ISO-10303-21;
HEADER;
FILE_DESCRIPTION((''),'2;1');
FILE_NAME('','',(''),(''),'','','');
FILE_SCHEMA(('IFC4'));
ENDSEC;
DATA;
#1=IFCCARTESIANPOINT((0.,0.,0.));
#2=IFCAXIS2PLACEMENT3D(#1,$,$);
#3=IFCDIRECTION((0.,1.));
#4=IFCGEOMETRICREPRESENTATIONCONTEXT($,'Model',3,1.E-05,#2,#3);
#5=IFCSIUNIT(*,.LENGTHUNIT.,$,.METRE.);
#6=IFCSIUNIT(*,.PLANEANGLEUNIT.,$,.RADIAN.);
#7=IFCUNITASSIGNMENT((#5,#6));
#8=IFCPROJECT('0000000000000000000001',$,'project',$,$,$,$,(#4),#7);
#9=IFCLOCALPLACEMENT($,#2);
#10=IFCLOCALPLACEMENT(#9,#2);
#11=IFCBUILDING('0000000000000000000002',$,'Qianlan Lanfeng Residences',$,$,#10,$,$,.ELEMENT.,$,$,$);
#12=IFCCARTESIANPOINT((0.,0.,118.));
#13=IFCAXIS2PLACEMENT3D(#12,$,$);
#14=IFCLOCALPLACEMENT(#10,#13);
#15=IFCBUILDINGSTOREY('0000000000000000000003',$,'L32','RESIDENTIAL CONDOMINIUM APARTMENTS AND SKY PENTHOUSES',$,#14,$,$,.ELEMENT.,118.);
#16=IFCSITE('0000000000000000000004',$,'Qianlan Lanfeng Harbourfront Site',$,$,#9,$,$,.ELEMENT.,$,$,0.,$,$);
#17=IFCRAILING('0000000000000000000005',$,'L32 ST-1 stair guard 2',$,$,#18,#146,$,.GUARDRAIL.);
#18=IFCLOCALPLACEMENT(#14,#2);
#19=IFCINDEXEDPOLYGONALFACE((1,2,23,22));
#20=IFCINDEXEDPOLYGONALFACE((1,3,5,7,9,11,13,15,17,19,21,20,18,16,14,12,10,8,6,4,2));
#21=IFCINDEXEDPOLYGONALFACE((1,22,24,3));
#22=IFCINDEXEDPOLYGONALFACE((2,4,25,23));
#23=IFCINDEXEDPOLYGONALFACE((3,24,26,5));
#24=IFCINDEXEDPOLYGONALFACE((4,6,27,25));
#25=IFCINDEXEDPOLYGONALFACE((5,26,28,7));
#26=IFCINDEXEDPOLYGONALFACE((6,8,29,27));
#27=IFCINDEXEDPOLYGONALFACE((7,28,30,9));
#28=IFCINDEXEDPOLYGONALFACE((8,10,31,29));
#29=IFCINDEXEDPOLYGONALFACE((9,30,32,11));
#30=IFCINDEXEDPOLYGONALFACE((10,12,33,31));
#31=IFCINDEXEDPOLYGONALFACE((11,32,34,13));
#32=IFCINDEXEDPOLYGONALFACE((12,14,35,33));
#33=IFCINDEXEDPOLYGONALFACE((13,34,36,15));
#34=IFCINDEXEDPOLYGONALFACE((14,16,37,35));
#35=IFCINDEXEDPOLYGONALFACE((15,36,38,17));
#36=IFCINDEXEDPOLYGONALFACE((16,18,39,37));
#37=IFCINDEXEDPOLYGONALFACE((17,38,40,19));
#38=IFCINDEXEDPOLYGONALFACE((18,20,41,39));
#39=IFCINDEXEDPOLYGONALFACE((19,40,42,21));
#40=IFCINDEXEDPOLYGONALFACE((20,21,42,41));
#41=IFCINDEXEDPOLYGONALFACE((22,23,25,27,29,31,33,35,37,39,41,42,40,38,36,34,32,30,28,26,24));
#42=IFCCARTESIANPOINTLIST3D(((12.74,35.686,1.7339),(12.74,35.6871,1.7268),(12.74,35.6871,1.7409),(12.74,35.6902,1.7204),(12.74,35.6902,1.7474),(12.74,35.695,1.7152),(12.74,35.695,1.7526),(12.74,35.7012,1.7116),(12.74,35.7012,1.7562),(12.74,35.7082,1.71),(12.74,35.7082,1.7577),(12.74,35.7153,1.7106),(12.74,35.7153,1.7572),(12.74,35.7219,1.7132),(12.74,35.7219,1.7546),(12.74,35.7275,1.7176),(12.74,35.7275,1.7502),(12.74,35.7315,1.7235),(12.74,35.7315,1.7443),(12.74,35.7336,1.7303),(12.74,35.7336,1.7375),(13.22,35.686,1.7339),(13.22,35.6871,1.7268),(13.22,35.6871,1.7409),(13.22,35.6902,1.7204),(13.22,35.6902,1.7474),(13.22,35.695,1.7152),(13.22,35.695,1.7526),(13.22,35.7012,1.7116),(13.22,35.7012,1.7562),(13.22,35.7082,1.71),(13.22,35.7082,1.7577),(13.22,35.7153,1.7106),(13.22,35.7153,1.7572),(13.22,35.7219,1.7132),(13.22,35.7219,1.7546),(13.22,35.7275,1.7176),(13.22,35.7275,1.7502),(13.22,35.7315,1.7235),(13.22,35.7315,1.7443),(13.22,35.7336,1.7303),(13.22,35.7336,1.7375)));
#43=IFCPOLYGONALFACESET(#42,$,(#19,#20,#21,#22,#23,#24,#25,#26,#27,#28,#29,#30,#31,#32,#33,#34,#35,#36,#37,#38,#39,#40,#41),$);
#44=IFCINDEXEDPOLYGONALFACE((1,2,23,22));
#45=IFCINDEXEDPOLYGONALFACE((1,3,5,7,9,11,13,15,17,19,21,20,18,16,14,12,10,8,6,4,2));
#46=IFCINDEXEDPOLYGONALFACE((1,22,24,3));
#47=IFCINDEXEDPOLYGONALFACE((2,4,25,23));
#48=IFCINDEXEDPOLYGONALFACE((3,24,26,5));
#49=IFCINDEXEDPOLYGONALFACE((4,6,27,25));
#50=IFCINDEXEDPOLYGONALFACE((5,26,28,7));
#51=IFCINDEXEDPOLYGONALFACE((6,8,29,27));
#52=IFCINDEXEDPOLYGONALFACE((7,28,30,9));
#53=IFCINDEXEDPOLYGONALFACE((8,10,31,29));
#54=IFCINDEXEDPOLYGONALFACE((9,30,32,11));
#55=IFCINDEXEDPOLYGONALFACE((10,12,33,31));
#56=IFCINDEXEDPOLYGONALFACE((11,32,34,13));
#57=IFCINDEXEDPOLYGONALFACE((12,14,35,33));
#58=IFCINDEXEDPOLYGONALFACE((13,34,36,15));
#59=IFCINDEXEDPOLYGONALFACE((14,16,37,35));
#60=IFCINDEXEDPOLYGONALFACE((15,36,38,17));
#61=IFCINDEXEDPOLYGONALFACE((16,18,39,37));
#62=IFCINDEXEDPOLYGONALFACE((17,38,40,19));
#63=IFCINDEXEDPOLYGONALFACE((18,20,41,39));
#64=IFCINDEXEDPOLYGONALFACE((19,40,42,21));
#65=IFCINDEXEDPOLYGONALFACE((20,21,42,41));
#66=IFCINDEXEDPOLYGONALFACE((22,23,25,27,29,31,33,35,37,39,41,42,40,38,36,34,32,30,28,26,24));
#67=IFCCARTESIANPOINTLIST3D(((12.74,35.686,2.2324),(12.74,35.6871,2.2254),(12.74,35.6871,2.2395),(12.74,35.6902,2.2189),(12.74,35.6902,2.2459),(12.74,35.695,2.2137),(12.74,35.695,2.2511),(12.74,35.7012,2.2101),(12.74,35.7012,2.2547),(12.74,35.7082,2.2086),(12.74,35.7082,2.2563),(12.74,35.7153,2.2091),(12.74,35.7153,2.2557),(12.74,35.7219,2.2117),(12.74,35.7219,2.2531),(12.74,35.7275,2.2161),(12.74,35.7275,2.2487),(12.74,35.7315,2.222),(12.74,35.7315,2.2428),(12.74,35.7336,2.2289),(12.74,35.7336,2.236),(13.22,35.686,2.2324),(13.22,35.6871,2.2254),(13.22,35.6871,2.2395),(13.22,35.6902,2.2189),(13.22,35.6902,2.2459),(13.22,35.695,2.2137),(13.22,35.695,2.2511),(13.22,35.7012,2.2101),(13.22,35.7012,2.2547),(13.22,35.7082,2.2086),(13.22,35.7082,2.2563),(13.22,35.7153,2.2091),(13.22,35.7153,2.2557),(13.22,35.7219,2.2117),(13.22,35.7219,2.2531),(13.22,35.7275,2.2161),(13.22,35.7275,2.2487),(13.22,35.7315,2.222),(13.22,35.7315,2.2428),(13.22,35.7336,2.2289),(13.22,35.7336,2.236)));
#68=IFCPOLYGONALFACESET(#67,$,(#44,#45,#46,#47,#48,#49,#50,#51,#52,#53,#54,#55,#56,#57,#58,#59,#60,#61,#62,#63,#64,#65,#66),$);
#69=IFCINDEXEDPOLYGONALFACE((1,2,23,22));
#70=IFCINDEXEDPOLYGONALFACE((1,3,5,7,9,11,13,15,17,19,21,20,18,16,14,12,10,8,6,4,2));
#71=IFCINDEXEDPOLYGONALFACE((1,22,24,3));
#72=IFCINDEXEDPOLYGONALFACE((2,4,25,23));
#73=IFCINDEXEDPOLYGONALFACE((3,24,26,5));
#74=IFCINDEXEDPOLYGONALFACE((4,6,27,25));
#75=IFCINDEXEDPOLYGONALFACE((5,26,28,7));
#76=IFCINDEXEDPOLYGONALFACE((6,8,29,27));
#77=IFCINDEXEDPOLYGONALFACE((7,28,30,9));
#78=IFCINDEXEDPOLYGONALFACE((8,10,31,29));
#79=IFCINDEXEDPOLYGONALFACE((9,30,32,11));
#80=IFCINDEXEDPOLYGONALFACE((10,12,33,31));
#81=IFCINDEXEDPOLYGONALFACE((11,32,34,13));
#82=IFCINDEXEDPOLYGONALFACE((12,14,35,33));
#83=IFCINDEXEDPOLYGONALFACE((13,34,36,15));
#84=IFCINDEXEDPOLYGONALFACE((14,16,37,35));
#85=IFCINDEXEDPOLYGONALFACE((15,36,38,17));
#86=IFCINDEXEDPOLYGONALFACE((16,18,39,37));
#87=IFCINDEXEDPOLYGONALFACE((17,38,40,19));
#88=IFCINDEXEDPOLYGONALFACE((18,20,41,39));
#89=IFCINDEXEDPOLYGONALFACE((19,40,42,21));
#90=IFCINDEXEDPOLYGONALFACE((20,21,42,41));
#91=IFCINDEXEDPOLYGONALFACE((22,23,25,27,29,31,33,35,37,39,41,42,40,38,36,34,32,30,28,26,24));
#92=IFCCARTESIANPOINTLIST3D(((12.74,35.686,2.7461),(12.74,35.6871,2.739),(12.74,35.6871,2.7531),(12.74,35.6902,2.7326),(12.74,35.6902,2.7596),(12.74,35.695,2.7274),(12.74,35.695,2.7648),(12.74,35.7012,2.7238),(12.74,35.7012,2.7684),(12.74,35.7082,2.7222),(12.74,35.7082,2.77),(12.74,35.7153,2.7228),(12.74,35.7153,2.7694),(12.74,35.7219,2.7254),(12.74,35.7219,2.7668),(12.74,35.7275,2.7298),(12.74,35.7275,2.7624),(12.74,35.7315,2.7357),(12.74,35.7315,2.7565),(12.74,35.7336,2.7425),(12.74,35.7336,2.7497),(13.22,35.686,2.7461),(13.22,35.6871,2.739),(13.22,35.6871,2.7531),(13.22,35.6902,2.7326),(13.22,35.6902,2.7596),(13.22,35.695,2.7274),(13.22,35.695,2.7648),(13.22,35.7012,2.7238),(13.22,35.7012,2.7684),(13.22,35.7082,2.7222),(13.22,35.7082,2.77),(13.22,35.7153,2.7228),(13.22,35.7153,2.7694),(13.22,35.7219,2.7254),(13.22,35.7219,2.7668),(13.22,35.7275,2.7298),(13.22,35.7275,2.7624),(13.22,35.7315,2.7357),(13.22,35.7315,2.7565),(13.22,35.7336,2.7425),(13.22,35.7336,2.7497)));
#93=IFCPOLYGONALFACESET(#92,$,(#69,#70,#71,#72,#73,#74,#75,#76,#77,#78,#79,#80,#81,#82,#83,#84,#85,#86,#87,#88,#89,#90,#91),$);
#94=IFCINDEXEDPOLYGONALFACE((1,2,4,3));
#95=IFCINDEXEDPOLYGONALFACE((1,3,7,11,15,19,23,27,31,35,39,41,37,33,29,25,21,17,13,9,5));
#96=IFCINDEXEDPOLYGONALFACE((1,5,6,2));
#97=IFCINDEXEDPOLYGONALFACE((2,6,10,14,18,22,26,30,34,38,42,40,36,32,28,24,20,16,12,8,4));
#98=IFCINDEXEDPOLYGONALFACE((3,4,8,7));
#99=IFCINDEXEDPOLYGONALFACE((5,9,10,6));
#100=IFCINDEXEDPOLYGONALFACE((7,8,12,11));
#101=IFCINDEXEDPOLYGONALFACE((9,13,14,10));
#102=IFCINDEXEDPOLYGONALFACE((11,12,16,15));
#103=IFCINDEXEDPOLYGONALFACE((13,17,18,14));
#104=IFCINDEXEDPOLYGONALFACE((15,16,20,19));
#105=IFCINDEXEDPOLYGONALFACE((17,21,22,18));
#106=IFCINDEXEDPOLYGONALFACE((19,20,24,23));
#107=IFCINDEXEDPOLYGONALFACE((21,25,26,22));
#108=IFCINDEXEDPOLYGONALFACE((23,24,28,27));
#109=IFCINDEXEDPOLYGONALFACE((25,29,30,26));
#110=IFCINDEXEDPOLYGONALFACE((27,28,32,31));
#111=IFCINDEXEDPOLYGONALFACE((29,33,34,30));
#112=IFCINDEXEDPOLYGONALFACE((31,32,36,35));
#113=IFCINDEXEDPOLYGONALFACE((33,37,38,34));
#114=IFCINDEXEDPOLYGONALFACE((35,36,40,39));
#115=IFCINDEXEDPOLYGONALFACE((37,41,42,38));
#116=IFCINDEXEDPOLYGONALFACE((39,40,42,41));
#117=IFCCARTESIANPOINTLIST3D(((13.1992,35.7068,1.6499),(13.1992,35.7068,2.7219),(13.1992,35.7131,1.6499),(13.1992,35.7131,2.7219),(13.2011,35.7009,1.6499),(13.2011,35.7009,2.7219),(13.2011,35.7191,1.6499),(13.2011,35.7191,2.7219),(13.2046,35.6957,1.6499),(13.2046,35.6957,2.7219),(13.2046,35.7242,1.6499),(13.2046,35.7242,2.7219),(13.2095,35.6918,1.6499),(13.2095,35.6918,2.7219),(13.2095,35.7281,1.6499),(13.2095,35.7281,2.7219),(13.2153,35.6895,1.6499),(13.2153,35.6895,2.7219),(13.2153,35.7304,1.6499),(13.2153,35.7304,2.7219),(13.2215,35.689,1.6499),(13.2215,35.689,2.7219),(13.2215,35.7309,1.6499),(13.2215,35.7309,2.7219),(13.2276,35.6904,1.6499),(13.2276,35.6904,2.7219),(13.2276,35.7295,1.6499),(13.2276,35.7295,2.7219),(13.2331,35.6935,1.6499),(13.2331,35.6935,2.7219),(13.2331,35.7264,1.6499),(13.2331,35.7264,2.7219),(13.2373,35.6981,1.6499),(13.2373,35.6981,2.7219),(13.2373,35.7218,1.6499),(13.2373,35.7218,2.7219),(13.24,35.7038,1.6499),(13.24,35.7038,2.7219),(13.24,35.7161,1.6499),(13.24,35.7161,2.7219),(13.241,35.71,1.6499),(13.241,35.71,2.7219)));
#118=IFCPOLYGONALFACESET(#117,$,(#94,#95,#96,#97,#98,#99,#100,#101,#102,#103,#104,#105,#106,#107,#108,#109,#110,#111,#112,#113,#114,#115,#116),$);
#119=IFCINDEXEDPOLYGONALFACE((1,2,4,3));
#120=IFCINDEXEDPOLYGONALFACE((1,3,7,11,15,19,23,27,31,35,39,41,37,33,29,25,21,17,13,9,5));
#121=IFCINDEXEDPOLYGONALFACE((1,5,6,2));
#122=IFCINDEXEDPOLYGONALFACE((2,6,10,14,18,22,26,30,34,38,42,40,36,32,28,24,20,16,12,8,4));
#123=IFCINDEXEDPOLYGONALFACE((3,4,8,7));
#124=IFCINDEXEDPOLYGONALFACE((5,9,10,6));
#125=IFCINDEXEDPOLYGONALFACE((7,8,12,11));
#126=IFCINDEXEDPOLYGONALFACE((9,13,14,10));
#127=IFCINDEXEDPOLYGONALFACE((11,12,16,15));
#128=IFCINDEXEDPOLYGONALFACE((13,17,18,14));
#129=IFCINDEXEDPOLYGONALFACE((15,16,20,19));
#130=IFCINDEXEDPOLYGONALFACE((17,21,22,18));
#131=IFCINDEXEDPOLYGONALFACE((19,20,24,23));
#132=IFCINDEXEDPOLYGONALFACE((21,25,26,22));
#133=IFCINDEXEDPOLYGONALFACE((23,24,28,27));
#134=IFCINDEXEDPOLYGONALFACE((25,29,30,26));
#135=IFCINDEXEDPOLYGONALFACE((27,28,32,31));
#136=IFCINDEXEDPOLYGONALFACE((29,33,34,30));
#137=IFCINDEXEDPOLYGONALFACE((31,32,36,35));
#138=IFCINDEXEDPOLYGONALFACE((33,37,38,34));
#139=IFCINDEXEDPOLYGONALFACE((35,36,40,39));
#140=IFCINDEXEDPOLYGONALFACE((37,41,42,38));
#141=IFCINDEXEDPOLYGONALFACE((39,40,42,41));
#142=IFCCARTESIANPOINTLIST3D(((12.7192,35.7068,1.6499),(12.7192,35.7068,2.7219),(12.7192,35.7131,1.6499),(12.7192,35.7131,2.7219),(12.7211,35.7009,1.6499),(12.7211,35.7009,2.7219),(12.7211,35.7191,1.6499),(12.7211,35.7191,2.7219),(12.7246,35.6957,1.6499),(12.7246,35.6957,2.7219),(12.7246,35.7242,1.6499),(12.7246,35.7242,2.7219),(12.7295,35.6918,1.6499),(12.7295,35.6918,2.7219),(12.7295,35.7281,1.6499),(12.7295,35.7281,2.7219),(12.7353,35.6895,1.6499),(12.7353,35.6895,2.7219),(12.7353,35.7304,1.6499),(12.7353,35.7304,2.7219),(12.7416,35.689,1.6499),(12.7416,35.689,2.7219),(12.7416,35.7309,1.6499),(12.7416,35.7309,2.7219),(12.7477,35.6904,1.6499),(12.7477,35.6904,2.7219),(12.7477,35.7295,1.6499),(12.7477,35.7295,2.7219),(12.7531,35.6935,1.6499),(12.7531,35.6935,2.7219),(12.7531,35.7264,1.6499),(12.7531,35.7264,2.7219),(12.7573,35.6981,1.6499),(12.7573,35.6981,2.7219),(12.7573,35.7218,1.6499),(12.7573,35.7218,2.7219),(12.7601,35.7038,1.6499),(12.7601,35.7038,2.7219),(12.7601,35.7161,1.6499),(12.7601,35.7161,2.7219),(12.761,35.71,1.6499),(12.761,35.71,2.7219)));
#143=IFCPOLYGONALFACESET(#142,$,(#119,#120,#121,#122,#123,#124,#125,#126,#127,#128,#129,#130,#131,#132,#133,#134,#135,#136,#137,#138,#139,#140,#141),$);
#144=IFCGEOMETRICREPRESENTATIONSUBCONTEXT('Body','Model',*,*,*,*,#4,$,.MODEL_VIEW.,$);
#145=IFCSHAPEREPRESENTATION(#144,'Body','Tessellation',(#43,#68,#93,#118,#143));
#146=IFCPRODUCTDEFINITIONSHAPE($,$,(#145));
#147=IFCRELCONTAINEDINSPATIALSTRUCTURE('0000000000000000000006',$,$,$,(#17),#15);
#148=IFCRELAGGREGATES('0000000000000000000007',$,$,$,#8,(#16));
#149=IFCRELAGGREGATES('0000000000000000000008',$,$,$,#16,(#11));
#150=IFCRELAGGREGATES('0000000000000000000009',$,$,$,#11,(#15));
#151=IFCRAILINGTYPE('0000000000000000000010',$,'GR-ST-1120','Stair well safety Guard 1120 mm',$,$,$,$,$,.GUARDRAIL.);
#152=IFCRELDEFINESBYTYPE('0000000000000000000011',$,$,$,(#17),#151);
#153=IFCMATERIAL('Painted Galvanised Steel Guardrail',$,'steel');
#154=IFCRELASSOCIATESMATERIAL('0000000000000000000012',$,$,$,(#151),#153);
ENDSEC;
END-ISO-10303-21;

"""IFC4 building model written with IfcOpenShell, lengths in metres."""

from ifc_helpers import new_model, si_unit, direction, frame, origin, origin_2d, place, context, subcontext, project, spatial, circle, extrude, material, type_object, element, save


model = new_model("IFC4")

# Units and contexts
model_context = context("Model", 3, precision=1e-05, world=origin(), true_north=direction((0.0, 1.0)))
body_context = subcontext(model_context, "Body", "Model", "MODEL_VIEW")
ifc_project = project(units=[si_unit("LENGTHUNIT", "METRE"), si_unit("PLANEANGLEUNIT", "RADIAN")], contexts=[model_context])

# Site, building, storey
site_placement = place(None, origin())
site = spatial("IfcSite", under=ifc_project, at=site_placement, Name="Qianlan Lanfeng Harbourfront Site", CompositionType="ELEMENT", RefElevation=0.0)
building_placement = place(site_placement, origin())
building = spatial("IfcBuilding", under=site, at=building_placement, Name="Qianlan Lanfeng Residences", CompositionType="ELEMENT")
storey_placement = place(building_placement, frame((0.0, 0.0, 118.0)))
storey = spatial("IfcBuildingStorey", under=building, at=storey_placement, Name="L32", Description="RESIDENTIAL CONDOMINIUM APARTMENTS AND SKY PENTHOUSES", CompositionType="ELEMENT", Elevation=118.0)

# Railing
ifc_material_1 = material(Name="Painted Galvanised Steel Guardrail", Category="steel")
railing_type_1 = type_object("IfcRailingType", Name="GR-ST-1120", Description="Stair well safety Guard 1120 mm", PredefinedType="GUARDRAIL", material=ifc_material_1)
railing_1_placement = place(storey_placement, frame((13.22, 35.71, 1.6499)))
element("IfcRailing", 1, at=railing_1_placement, inside=storey, type_object=railing_type_1, Name="L32 ST-1 stair guard 2", PredefinedType="GUARDRAIL", context=body_context, shape_type="SweptSolid", body=[
    extrude(circle(Radius=0.0239, at=origin_2d()), frame((0.0, 0.0, 0.084), z_axis=(-1.0, 0.0, 0.0), x_axis=(0.0, -1.0, 0.0)), (0.0, 0.0, 1.0), 0.48),
    extrude(circle(Radius=0.0239, at=origin_2d()), frame((0.0, 0.0, 0.5825), z_axis=(-1.0, 0.0, 0.0), x_axis=(0.0, -1.0, 0.0)), (0.0, 0.0, 1.0), 0.48),
    extrude(circle(Radius=0.0239, at=origin_2d()), frame((0.0, 0.0, 1.0962), z_axis=(-1.0, 0.0, 0.0), x_axis=(0.0, -1.0, 0.0)), (0.0, 0.0, 1.0), 0.48),
    extrude(circle(Radius=0.021, at=origin_2d()), origin(), (0.0, 0.0, 1.0), 1.072),
    extrude(circle(Radius=0.021, at=origin_2d()), frame((-0.48, 0.0, 0.0)), (0.0, 0.0, 1.0), 1.072),
])

save(model, "model.ifc")
